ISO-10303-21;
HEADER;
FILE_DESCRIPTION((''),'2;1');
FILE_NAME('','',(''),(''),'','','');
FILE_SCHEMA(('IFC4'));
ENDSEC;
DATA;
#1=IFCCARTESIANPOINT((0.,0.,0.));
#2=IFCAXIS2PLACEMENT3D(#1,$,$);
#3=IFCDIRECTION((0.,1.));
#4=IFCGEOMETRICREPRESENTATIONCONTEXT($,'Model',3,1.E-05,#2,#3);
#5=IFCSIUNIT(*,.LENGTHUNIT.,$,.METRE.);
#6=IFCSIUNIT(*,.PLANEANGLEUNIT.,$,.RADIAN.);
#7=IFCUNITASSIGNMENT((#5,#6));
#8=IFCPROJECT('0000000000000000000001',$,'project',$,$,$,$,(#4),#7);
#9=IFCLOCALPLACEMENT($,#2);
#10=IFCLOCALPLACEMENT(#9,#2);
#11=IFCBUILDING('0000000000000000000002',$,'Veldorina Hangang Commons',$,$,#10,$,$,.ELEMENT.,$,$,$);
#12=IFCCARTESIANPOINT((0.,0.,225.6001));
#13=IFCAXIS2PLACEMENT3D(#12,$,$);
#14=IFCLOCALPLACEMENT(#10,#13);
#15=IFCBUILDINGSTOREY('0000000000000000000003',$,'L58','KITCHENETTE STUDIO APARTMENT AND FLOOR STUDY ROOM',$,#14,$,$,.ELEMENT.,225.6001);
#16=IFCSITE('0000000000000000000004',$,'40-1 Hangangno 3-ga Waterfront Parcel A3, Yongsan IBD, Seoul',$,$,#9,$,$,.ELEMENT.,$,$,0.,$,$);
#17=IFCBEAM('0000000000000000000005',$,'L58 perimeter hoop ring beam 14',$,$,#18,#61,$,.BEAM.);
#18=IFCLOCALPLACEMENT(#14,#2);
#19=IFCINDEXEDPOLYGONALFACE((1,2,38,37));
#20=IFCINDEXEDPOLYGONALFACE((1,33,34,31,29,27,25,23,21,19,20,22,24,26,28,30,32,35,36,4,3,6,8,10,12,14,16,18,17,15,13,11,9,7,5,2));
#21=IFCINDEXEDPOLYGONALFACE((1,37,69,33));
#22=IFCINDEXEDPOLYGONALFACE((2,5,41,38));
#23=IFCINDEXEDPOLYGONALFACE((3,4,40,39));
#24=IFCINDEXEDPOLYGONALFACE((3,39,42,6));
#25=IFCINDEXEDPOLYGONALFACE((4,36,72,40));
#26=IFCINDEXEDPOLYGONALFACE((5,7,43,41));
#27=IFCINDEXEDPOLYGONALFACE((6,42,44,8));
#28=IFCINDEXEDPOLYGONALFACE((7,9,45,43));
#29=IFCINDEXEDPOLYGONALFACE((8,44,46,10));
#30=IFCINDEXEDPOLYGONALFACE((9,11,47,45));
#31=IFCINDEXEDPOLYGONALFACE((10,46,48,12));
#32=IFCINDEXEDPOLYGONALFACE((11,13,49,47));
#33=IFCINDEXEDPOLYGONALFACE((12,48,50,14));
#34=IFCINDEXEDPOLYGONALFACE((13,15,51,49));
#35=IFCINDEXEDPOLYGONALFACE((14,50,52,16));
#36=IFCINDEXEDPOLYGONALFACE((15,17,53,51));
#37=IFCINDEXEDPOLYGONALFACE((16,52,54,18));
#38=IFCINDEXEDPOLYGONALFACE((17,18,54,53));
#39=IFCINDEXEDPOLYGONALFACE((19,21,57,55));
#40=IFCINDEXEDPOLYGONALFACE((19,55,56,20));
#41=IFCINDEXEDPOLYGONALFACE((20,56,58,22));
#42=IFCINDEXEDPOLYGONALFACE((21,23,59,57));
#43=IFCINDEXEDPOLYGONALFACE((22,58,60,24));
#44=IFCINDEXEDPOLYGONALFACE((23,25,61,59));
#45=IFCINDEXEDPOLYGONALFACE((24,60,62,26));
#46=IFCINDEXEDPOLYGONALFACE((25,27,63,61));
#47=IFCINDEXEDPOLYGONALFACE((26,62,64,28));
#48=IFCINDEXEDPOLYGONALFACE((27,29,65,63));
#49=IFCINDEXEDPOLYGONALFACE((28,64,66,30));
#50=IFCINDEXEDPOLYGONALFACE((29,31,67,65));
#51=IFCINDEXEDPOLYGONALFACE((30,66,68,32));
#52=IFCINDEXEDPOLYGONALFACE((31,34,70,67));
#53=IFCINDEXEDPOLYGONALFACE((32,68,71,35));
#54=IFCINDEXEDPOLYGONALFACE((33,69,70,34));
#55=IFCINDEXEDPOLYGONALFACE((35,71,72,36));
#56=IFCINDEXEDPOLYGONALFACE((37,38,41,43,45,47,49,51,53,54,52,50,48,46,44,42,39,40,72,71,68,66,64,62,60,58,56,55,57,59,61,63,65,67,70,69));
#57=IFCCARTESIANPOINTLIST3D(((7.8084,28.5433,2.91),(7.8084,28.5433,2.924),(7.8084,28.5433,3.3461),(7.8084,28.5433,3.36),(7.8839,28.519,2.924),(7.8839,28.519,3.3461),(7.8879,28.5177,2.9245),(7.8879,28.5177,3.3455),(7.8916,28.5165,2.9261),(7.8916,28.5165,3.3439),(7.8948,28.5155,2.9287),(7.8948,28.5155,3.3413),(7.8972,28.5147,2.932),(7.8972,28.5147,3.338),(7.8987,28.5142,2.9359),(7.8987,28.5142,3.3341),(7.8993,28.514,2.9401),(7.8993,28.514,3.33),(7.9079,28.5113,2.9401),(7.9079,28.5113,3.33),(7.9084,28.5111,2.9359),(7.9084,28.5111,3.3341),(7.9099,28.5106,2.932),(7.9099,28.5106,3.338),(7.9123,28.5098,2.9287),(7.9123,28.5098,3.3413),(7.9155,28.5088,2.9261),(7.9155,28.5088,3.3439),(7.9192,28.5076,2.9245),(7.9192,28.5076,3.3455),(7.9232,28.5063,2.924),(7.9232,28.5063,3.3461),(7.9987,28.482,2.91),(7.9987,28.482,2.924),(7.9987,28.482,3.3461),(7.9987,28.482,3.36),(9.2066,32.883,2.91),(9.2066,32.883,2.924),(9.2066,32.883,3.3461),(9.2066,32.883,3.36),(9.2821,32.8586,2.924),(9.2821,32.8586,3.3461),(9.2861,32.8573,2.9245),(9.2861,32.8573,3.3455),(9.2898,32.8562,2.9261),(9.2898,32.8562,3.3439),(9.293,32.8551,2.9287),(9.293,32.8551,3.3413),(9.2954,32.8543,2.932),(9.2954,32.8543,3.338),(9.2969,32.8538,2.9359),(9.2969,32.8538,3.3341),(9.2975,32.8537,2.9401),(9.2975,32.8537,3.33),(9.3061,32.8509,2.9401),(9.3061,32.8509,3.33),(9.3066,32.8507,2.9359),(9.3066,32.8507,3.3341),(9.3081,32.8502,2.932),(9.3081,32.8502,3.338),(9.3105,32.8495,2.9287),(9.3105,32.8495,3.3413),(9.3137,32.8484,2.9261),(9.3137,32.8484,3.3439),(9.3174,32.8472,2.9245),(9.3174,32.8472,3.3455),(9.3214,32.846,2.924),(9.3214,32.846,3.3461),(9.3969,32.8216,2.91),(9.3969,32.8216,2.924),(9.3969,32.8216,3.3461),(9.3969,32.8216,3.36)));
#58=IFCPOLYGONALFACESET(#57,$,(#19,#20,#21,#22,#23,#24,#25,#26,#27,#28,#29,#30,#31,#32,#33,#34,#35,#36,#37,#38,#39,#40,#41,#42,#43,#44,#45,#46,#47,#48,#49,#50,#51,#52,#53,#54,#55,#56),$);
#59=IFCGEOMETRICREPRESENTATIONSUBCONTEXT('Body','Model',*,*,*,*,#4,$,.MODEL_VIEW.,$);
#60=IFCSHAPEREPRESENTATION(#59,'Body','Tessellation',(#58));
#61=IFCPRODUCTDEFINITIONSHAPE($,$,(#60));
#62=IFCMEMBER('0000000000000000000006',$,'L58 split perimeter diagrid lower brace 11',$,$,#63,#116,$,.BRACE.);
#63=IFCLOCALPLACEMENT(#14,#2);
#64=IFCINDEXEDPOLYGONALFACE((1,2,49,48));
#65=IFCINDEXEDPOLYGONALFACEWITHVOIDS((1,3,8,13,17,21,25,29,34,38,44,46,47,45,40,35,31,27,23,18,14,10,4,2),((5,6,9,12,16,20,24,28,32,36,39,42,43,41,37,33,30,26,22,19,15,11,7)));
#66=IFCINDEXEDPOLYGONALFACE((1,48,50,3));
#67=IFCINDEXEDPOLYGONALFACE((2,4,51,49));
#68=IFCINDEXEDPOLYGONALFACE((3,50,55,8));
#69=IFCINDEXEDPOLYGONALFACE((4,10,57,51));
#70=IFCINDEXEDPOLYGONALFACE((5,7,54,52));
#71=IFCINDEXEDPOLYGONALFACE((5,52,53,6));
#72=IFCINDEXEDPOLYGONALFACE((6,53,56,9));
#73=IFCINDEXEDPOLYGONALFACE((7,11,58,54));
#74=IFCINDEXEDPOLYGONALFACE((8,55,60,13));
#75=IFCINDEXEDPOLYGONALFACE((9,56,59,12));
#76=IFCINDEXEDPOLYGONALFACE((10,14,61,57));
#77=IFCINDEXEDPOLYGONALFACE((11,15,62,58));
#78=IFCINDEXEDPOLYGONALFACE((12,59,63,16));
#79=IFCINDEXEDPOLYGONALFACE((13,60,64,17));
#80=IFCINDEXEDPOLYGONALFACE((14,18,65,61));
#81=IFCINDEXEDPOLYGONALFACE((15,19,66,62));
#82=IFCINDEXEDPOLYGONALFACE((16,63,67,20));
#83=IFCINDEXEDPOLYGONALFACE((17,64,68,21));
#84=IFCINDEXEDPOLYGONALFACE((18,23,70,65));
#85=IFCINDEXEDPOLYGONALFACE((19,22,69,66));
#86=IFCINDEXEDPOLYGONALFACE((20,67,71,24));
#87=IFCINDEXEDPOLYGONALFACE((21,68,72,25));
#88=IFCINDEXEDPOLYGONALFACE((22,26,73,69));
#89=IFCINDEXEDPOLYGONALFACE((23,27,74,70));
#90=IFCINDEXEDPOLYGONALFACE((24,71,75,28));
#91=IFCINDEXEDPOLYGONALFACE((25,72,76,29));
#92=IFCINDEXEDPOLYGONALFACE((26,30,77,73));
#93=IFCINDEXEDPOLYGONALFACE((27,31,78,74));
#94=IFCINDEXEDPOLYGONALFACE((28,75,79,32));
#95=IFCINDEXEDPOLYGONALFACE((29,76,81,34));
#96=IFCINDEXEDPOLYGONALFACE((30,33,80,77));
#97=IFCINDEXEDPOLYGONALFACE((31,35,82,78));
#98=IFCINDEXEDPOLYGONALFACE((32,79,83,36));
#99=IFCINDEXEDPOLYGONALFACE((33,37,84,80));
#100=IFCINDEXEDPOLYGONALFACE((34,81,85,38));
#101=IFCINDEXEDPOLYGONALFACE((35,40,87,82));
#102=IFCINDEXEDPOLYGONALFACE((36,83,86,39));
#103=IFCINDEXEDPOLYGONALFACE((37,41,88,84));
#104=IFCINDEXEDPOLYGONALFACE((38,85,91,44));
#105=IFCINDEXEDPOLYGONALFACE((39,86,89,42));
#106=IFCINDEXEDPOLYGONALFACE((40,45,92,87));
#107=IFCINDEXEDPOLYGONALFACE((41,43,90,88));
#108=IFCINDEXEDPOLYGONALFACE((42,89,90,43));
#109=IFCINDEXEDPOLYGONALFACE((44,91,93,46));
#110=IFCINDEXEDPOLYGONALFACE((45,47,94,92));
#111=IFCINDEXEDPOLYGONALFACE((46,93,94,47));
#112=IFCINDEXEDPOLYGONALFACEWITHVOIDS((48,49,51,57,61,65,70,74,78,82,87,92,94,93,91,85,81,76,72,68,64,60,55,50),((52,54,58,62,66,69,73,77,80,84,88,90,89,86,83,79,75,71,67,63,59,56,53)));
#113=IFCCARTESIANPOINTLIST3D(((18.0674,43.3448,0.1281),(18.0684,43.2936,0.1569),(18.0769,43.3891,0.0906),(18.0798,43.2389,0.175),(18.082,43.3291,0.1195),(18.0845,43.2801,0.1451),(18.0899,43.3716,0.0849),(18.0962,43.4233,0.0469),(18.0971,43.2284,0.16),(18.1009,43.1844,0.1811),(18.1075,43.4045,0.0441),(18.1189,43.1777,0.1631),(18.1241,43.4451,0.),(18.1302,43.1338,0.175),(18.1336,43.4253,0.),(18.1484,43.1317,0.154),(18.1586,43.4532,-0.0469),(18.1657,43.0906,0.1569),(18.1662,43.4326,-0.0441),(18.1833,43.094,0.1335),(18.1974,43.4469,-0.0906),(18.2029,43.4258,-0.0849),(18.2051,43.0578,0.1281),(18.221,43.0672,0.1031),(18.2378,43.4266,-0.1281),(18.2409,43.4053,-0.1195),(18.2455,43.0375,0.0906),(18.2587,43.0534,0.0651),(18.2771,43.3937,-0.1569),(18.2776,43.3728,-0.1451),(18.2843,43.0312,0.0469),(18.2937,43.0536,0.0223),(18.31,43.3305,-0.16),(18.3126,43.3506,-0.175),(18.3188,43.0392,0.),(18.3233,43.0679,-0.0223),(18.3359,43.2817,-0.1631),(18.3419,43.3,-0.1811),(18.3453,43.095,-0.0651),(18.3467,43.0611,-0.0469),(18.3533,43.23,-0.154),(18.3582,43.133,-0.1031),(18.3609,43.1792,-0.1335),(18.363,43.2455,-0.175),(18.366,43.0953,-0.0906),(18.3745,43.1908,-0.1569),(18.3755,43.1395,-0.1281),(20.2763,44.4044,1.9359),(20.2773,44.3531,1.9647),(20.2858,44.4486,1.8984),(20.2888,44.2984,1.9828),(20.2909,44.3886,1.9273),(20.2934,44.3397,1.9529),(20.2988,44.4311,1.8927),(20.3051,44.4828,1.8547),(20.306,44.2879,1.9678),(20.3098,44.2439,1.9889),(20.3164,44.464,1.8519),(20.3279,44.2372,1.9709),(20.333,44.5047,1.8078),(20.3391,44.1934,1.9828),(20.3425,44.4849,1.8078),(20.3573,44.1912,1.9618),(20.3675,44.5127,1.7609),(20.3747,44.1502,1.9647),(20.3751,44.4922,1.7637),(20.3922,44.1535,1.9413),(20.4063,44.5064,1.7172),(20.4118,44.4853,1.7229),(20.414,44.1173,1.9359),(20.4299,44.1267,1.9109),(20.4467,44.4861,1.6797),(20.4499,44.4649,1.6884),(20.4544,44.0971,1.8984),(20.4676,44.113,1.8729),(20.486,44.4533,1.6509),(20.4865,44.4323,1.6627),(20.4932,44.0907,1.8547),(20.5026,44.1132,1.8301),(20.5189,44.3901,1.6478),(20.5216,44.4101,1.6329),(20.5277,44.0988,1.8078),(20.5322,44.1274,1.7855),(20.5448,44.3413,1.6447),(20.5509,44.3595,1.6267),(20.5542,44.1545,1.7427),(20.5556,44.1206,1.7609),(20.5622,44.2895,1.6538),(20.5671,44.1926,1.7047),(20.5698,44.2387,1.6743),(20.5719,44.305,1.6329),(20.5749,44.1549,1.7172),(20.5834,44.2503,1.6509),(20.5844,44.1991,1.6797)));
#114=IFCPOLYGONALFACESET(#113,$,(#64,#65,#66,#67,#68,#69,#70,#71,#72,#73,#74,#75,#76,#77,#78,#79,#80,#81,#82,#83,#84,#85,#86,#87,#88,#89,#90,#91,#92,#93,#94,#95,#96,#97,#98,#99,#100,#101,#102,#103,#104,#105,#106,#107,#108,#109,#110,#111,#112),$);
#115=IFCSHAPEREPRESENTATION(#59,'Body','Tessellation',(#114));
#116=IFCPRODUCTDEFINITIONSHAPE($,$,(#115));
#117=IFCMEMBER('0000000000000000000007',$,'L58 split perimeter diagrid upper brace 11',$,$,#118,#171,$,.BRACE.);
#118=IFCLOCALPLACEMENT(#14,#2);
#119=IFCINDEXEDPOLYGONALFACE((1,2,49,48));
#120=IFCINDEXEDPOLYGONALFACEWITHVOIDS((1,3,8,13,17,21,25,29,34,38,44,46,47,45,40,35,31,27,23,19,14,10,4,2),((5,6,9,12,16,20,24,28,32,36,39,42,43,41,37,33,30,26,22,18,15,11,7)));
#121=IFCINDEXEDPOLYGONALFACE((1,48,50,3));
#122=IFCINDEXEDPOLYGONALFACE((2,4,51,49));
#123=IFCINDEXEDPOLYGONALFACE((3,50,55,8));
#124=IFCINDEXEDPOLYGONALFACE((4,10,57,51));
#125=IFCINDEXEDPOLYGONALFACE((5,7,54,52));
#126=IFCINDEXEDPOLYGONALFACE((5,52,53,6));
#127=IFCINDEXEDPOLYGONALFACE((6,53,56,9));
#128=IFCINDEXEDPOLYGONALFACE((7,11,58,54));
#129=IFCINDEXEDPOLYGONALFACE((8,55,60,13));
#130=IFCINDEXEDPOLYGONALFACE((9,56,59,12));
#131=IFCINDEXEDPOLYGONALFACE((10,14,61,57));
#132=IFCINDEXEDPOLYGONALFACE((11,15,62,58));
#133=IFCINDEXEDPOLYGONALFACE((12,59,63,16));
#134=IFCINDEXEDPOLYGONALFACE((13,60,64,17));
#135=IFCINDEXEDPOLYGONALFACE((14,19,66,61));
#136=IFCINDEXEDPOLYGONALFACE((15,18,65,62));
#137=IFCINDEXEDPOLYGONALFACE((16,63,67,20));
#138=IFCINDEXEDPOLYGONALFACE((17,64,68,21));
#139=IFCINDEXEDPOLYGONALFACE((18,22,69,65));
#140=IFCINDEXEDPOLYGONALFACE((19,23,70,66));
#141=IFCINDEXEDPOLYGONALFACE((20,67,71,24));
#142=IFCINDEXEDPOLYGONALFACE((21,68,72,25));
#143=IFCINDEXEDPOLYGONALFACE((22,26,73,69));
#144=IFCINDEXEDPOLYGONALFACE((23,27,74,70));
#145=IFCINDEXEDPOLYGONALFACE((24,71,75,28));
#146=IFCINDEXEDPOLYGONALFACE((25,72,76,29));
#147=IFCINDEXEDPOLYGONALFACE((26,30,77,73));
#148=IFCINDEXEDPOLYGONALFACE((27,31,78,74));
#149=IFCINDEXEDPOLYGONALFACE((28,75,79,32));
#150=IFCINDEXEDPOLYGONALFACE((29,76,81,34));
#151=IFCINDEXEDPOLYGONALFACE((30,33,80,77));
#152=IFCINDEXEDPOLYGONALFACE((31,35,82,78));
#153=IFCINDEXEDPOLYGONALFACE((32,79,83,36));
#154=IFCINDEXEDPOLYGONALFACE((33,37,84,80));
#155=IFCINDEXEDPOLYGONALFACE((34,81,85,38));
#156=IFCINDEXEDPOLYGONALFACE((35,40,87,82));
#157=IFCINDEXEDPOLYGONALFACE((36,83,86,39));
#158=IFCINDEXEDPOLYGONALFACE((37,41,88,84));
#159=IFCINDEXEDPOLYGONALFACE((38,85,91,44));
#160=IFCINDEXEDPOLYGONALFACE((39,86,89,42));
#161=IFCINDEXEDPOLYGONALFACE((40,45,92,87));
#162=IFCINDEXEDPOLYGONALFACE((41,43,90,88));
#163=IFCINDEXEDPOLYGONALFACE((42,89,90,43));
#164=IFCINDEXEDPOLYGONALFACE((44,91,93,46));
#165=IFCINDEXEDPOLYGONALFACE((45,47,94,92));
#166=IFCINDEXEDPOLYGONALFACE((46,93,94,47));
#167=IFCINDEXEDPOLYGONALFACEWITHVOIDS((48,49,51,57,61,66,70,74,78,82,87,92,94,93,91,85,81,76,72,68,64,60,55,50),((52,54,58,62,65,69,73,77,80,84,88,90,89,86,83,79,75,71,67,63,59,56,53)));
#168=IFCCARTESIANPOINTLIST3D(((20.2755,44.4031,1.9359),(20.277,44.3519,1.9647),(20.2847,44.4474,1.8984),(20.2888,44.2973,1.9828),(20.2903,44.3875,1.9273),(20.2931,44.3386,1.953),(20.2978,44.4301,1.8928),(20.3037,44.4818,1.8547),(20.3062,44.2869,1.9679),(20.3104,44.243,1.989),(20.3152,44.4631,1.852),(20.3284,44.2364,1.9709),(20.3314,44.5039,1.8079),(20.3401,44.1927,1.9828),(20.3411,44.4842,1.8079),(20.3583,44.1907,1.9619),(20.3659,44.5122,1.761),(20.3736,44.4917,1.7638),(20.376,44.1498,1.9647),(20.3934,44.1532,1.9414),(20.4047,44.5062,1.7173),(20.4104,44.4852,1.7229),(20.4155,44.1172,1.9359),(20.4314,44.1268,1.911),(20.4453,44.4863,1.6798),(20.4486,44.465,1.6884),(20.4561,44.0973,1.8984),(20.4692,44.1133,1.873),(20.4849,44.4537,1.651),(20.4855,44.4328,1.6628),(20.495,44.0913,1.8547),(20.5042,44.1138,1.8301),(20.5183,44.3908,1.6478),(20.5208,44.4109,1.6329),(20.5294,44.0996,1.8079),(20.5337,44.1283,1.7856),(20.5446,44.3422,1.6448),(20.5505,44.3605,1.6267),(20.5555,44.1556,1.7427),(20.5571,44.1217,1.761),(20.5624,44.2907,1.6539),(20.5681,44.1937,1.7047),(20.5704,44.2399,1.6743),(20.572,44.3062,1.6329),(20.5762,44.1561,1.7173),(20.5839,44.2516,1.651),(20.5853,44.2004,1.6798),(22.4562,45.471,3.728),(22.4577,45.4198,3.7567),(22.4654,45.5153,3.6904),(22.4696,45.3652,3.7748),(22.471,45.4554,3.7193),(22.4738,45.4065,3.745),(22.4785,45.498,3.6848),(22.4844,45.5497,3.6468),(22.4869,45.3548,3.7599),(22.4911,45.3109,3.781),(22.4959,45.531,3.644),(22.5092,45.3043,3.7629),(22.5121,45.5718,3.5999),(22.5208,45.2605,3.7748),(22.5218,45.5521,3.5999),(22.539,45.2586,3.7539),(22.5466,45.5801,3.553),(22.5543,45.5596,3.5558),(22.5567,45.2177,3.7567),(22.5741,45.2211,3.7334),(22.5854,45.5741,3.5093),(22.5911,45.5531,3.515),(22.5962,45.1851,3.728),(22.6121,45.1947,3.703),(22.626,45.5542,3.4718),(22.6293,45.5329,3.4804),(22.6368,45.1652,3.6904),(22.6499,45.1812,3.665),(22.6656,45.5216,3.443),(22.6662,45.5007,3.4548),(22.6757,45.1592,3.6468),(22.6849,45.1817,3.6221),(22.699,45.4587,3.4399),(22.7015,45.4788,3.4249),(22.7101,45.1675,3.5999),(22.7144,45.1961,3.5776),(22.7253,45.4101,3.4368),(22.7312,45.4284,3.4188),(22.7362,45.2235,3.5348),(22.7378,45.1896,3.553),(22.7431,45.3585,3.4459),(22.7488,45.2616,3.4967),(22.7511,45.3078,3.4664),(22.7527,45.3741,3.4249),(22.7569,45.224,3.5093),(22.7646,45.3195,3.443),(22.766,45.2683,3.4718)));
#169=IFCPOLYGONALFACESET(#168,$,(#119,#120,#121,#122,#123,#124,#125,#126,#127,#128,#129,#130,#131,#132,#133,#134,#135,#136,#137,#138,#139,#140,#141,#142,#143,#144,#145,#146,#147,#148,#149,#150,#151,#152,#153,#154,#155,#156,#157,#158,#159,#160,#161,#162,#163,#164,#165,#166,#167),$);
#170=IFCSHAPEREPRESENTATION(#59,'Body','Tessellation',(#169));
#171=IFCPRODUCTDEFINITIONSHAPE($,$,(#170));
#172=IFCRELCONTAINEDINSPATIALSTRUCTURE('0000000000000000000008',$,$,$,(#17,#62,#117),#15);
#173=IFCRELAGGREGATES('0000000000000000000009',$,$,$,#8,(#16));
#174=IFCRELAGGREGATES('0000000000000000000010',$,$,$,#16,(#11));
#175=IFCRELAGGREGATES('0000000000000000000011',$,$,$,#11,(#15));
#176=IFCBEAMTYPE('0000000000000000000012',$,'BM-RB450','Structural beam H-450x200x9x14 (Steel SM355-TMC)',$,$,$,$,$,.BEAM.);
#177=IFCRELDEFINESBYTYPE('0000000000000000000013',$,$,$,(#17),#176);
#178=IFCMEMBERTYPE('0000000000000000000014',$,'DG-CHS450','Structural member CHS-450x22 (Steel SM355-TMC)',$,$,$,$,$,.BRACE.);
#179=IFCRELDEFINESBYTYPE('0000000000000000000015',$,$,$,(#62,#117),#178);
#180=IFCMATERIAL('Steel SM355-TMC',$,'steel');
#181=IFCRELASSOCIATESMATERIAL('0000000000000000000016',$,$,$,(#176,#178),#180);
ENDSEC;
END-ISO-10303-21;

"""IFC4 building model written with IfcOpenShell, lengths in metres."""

from ifc_helpers import new_model, si_unit, direction, frame, origin, origin_2d, place, context, subcontext, project, spatial, hollow_circle, i_section, extrude, material, material_profile, profile_set, type_object, element, save


model = new_model("IFC4")

# Units and contexts
model_context = context("Model", 3, precision=1e-05, world=origin(), true_north=direction((0.0, 1.0)))
body_context = subcontext(model_context, "Body", "Model", "MODEL_VIEW")
ifc_project = project(units=[si_unit("LENGTHUNIT", "METRE"), si_unit("PLANEANGLEUNIT", "RADIAN")], contexts=[model_context])

# Site, building, storey
site_placement = place(None, origin())
site = spatial("IfcSite", under=ifc_project, at=site_placement, Name="40-1 Hangangno 3-ga Waterfront Parcel A3, Yongsan IBD, Seoul", CompositionType="ELEMENT", RefElevation=0.0)
building_placement = place(site_placement, origin())
building = spatial("IfcBuilding", under=site, at=building_placement, Name="Veldorina Hangang Commons", CompositionType="ELEMENT")
storey_placement = place(building_placement, frame((0.0, 0.0, 225.6001)))
storey = spatial("IfcBuildingStorey", under=building, at=storey_placement, Name="L58", Description="KITCHENETTE STUDIO APARTMENT AND FLOOR STUDY ROOM", CompositionType="ELEMENT", Elevation=225.6001)

# Beam
ifc_material_1 = material(Name="Steel SM355-TMC", Category="steel")
ifc_material_profile_1 = material_profile(ifc_material_1, i_section(OverallWidth=0.2, OverallDepth=0.45, WebThickness=0.009, FlangeThickness=0.0139, FilletRadius=0.0161, at=origin_2d()), Name="H-450x200x9x14")
ifc_profile_set_1 = profile_set([ifc_material_profile_1], Name="Steel SM355-TMC")
beam_type_1 = type_object("IfcBeamType", Name="BM-RB450", Description="Structural beam H-450x200x9x14 (Steel SM355-TMC)", PredefinedType="BEAM", material=ifc_profile_set_1)
beam_1_placement = place(storey_placement, frame((9.3018, 32.8523, 3.135), z_axis=(-0.30667, -0.951816, 0.0), x_axis=(0.951816, -0.30667, 0.0)))
element("IfcBeam", 1, at=beam_1_placement, inside=storey, type_object=beam_type_1, Name="L58 perimeter hoop ring beam 14", PredefinedType="BEAM", context=body_context, shape_type="SweptSolid", body=[
    extrude(i_section(OverallWidth=0.2, OverallDepth=0.45, WebThickness=0.009, FlangeThickness=0.0139, FilletRadius=0.0161, at=origin_2d()), origin(), (0.0, 0.0, 1.0), 4.5593),
])

# Members
ifc_material_profile_2 = material_profile(ifc_material_1, hollow_circle(Radius=0.2251, WallThickness=0.022, at=origin_2d()), Name="CHS-450x22")
ifc_profile_set_2 = profile_set([ifc_material_profile_2], Name="Steel SM355-TMC")
member_type_1 = type_object("IfcMemberType", Name="DG-CHS450", Description="Structural member CHS-450x22 (Steel SM355-TMC)", PredefinedType="BRACE", material=ifc_profile_set_2)
member_1_placement = place(storey_placement, frame((18.2214, 43.2422, 0.0), z_axis=(0.7255, 0.347996, 0.593758), x_axis=(-0.432485, 0.901641, 0.0)))
element("IfcMember", 2, at=member_1_placement, inside=storey, type_object=member_type_1, Name="L58 split perimeter diagrid lower brace 11", PredefinedType="BRACE", context=body_context, shape_type="SweptSolid", body=[
    extrude(hollow_circle(Radius=0.2251, WallThickness=0.022, at=origin_2d()), origin(), (0.0, 0.0, 1.0), 3.0447),
])
member_2_placement = place(storey_placement, frame((20.4304, 44.3018, 1.8079), z_axis=(0.72261, 0.353862, 0.593815), x_axis=(-0.439798, 0.898097, 0.0)))
element("IfcMember", 3, at=member_2_placement, inside=storey, type_object=member_type_1, Name="L58 split perimeter diagrid upper brace 11", PredefinedType="BRACE", context=body_context, shape_type="SweptSolid", body=[
    extrude(hollow_circle(Radius=0.2251, WallThickness=0.022, at=origin_2d()), origin(), (0.0, 0.0, 1.0), 3.0178),
])

save(model, "model.ifc")
